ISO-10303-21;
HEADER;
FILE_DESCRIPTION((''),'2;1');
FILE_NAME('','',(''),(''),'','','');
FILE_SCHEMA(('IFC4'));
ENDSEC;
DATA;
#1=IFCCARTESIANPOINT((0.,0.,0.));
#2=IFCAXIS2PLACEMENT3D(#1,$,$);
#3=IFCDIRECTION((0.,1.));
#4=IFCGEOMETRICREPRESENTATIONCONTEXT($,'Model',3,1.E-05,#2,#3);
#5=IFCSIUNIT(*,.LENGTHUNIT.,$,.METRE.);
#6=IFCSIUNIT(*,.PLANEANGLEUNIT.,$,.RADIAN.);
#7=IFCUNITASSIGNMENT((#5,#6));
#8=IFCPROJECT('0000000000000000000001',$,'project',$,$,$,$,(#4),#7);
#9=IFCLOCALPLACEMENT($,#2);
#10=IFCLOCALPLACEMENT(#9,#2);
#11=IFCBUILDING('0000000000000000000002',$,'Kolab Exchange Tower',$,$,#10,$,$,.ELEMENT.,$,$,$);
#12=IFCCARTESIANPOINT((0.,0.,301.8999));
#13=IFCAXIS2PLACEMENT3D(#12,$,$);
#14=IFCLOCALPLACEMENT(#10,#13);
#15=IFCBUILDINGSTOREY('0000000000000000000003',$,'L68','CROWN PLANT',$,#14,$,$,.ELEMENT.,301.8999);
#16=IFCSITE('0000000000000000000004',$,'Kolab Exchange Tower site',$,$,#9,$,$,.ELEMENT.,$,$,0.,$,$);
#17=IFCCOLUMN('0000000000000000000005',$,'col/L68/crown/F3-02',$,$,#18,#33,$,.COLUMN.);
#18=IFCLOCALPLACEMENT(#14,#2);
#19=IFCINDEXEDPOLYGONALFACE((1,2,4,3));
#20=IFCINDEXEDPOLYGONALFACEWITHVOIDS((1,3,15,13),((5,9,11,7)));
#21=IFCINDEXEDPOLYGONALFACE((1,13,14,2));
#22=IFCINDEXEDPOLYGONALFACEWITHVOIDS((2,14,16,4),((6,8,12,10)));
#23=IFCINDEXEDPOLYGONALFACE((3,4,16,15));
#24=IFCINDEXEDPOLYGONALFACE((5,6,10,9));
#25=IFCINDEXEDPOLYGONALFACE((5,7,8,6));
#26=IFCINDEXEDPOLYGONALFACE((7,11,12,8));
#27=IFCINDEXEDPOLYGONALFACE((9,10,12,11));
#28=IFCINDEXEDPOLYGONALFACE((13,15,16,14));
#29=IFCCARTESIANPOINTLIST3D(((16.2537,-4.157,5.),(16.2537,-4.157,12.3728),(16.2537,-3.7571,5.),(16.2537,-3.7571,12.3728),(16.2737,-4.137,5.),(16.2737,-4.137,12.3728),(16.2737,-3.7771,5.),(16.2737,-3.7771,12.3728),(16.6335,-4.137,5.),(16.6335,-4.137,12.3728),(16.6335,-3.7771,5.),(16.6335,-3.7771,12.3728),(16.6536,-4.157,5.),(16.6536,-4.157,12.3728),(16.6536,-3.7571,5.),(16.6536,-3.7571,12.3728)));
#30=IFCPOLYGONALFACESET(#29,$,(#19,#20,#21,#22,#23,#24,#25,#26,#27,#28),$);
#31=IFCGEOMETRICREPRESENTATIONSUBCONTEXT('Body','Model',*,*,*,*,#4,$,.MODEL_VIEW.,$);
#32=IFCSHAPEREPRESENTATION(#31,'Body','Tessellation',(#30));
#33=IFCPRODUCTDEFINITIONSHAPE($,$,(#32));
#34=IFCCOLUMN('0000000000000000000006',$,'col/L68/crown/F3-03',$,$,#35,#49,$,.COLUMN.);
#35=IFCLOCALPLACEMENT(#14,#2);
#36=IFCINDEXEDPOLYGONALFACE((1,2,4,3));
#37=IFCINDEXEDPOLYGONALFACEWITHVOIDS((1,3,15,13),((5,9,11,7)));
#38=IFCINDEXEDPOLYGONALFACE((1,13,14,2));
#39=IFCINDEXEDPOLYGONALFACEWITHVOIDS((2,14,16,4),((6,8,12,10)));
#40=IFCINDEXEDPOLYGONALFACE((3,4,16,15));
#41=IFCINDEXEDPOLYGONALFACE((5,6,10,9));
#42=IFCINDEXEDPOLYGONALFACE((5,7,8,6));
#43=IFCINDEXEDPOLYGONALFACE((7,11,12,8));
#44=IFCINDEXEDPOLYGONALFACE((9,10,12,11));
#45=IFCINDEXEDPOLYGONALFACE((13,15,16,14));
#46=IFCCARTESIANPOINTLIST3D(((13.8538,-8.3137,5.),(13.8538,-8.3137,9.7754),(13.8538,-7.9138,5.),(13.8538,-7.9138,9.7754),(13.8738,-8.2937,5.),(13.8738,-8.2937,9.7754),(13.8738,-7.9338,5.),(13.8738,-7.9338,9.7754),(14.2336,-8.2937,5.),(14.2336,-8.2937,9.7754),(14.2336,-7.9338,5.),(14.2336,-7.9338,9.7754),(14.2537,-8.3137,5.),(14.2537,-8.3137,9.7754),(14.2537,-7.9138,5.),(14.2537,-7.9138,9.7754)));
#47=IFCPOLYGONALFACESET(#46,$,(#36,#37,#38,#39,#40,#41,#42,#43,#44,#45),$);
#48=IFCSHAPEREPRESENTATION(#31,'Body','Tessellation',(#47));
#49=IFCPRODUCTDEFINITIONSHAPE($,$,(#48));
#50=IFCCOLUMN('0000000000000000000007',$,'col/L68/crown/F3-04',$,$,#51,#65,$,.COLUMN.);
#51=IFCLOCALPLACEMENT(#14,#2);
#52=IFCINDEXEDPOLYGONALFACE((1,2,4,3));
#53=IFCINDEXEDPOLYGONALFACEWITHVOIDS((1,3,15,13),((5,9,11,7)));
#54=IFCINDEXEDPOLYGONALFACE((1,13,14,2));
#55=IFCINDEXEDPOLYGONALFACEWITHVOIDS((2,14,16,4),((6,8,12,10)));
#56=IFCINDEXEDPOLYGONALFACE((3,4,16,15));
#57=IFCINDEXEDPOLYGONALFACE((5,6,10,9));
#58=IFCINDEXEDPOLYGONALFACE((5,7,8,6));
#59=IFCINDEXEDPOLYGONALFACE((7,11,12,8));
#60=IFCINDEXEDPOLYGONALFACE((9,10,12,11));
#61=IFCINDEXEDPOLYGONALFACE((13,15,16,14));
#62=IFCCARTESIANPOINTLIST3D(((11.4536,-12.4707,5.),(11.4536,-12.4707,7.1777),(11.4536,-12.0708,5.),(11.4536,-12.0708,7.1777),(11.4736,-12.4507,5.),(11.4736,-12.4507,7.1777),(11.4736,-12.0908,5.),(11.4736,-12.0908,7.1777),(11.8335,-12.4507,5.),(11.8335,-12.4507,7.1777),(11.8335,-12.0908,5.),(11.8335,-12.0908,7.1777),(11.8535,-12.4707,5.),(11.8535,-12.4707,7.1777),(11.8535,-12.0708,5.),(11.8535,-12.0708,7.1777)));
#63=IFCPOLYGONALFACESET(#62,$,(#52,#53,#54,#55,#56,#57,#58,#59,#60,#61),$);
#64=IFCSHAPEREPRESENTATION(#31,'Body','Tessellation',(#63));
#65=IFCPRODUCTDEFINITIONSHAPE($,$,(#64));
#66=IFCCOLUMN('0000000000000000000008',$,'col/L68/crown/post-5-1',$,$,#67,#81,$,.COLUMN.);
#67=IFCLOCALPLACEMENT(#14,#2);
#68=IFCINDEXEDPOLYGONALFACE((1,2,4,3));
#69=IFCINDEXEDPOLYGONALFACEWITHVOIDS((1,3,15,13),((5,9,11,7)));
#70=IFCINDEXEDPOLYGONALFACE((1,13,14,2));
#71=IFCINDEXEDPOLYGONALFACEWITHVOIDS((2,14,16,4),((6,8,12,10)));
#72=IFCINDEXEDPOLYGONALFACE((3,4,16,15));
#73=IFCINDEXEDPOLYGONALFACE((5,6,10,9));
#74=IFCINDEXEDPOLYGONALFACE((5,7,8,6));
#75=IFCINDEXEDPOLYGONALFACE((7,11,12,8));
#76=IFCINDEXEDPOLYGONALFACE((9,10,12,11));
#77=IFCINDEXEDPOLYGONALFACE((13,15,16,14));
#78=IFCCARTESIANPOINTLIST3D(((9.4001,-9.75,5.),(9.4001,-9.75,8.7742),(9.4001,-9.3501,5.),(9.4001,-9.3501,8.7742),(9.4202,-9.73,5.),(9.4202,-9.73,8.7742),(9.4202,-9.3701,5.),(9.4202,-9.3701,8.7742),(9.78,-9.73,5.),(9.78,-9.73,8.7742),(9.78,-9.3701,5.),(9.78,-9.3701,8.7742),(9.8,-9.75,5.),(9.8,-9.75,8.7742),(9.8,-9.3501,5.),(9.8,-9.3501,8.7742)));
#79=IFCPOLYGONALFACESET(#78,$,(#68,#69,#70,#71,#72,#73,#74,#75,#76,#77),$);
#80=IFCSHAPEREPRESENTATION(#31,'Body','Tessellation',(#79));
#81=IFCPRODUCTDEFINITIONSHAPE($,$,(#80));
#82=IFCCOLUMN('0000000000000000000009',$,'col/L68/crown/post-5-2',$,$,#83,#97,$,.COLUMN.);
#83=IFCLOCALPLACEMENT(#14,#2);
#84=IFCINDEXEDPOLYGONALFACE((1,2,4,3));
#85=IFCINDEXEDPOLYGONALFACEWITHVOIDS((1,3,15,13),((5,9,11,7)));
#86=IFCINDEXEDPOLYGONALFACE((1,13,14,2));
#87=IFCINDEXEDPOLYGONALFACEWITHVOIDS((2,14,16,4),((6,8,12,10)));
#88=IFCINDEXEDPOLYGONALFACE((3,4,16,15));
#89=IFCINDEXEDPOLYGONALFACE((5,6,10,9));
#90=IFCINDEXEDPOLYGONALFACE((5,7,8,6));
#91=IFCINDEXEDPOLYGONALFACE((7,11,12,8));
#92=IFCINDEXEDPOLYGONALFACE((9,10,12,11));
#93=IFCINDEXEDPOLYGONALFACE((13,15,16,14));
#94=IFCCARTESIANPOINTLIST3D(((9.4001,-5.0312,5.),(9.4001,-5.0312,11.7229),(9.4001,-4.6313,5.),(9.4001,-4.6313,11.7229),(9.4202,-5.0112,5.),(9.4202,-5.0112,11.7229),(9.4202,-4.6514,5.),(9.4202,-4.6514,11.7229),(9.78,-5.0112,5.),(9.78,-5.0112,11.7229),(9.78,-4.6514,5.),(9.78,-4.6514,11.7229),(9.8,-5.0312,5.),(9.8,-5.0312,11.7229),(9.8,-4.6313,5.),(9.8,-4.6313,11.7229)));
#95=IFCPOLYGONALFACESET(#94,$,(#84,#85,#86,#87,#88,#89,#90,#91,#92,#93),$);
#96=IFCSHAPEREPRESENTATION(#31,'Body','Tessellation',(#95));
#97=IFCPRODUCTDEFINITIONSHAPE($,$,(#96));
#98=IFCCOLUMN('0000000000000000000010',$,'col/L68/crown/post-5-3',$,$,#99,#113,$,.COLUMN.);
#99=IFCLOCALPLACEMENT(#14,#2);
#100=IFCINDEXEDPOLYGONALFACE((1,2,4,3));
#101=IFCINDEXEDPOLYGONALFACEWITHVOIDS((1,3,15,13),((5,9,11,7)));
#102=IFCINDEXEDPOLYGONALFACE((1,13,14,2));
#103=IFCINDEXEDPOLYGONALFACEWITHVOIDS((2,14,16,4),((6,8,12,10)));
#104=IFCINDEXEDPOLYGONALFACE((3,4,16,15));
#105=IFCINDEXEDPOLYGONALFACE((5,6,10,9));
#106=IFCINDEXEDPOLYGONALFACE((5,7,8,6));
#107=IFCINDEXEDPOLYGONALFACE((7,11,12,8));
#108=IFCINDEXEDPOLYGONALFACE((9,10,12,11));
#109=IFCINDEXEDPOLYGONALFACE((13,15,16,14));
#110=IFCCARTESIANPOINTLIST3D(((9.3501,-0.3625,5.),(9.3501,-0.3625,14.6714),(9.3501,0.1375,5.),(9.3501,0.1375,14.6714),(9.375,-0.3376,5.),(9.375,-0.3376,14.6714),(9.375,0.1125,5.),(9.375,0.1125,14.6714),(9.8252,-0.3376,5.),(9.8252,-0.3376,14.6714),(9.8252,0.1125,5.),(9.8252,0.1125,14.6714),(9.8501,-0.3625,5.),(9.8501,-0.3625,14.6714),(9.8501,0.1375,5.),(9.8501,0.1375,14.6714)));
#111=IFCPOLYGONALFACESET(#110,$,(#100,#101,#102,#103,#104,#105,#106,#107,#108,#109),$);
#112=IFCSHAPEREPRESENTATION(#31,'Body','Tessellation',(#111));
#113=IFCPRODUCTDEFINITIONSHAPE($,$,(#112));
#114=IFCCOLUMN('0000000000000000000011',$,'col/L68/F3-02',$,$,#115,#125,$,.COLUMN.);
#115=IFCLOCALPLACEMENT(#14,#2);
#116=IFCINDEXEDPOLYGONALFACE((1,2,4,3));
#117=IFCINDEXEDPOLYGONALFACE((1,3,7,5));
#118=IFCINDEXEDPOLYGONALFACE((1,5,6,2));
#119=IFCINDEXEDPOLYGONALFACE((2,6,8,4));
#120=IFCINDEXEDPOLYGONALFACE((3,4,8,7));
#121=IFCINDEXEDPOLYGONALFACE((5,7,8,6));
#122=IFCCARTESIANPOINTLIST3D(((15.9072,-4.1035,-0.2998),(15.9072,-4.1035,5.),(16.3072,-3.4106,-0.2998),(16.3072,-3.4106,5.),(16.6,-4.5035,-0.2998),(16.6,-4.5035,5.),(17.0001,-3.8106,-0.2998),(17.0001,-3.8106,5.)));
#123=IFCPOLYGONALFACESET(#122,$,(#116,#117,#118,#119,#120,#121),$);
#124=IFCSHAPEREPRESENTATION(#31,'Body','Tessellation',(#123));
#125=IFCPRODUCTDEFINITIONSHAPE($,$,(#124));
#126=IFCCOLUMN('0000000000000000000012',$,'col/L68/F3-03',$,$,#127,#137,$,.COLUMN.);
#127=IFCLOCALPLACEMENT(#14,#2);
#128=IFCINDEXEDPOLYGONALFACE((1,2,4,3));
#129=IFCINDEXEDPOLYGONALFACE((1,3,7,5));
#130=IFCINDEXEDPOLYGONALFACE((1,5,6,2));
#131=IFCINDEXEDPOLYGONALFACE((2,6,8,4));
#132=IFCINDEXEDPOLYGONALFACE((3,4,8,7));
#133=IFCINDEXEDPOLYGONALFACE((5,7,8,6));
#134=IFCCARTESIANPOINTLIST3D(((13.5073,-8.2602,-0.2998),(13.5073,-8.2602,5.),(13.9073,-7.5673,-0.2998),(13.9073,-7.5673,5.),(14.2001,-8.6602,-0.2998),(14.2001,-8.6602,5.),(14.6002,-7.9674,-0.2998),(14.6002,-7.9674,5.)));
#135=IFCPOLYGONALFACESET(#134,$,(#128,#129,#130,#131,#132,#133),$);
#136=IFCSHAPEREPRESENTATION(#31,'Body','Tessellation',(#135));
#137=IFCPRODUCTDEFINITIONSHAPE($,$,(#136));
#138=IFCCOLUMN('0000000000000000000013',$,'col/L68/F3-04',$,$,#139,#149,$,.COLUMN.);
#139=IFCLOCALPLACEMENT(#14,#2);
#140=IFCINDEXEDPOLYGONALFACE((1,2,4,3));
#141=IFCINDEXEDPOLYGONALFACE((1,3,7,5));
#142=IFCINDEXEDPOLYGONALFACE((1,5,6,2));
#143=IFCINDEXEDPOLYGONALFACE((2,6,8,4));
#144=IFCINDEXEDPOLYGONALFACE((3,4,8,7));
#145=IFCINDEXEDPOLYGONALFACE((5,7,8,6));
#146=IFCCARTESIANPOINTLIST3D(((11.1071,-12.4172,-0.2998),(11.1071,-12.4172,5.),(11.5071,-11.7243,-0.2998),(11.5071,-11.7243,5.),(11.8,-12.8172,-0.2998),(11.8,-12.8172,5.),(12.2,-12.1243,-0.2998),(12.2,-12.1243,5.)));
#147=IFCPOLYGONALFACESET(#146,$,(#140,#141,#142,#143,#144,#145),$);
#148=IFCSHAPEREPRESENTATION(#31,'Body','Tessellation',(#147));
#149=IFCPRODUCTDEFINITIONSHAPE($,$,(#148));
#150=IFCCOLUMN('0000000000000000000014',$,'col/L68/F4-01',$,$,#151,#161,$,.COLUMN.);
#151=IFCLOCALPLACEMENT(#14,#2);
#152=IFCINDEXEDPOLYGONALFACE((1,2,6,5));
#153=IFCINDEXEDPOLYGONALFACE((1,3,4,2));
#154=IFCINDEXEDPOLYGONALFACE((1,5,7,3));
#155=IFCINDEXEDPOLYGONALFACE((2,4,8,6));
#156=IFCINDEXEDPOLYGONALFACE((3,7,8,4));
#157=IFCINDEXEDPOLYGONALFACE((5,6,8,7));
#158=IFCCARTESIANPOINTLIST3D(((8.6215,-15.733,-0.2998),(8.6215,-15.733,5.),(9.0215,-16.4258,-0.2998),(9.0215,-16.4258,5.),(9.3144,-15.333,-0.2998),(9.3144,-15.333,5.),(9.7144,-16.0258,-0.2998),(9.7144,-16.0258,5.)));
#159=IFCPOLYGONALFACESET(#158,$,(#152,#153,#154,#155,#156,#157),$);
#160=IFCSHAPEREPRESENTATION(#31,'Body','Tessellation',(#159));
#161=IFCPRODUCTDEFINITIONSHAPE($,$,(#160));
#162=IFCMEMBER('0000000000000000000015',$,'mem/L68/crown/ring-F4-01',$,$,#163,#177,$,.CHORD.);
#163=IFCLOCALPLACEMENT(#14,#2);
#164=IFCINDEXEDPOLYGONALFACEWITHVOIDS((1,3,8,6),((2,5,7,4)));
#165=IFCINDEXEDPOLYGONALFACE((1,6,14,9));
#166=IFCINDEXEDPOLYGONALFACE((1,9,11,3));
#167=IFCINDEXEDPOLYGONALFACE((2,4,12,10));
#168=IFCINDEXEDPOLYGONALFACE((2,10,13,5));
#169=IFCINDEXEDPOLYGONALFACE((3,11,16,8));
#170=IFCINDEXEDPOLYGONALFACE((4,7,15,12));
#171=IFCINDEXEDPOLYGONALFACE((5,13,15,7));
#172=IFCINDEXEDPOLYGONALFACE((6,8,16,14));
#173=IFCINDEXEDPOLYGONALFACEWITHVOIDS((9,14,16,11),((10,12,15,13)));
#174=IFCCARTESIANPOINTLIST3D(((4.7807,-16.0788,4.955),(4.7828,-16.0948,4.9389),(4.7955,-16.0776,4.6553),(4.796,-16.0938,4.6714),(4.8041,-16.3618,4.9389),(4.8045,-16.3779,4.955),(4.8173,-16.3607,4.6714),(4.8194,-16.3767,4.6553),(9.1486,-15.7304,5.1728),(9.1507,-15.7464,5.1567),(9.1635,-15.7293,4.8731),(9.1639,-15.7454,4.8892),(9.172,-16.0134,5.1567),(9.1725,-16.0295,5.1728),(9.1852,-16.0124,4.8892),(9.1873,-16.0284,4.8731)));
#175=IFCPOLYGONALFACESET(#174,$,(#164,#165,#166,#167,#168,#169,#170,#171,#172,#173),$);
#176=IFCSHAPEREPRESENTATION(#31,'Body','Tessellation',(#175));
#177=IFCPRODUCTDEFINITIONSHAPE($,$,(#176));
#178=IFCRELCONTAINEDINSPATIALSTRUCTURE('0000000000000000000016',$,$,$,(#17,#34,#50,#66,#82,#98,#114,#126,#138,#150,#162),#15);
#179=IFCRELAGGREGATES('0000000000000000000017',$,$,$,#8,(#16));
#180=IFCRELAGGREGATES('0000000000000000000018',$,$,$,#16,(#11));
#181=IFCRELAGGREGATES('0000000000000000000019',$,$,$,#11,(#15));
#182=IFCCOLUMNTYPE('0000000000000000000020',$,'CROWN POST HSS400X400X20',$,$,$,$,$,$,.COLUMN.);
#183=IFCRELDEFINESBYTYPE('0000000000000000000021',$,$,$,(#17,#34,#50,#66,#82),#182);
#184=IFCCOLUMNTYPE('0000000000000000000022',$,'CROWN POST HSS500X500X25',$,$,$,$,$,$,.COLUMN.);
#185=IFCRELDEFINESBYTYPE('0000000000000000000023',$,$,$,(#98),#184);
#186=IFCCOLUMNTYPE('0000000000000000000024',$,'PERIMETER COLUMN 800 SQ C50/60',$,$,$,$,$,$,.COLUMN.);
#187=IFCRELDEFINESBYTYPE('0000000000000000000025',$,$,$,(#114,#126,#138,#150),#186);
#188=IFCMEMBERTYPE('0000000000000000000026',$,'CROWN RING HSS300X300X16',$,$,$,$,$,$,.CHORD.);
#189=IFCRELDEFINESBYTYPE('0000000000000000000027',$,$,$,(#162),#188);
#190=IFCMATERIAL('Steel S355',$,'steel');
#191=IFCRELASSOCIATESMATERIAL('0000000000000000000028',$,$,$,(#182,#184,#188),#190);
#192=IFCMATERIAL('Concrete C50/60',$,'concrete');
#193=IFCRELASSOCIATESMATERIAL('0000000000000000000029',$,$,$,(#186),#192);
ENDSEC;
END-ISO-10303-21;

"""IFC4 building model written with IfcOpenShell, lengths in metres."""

from ifc_helpers import new_model, si_unit, direction, frame, origin, origin_2d, place, context, subcontext, project, spatial, rectangle, hollow_rectangle, extrude, material, material_profile, profile_set, type_object, element, save


model = new_model("IFC4")

# Units and contexts
model_context = context("Model", 3, precision=1e-05, world=origin(), true_north=direction((0.0, 1.0)))
body_context = subcontext(model_context, "Body", "Model", "MODEL_VIEW")
ifc_project = project(units=[si_unit("LENGTHUNIT", "METRE"), si_unit("PLANEANGLEUNIT", "RADIAN")], contexts=[model_context])

# Site, building, storey
site_placement = place(None, origin())
site = spatial("IfcSite", under=ifc_project, at=site_placement, Name="Kolab Exchange Tower site", CompositionType="ELEMENT", RefElevation=0.0)
building_placement = place(site_placement, origin())
building = spatial("IfcBuilding", under=site, at=building_placement, Name="Kolab Exchange Tower", CompositionType="ELEMENT")
storey_placement = place(building_placement, frame((0.0, 0.0, 301.8999)))
storey = spatial("IfcBuildingStorey", under=building, at=storey_placement, Name="L68", Description="CROWN PLANT", CompositionType="ELEMENT", Elevation=301.8999)

# Columns
ifc_material_1 = material(Name="Steel S355", Category="steel")
ifc_material_profile_1 = material_profile(ifc_material_1, hollow_rectangle(XDim=0.3999, YDim=0.3999, WallThickness=0.02, at=origin_2d()), Name="HSS400X400X20")
ifc_profile_set_1 = profile_set([ifc_material_profile_1], Name="Steel S355")
column_type_1 = type_object("IfcColumnType", Name="CROWN POST HSS400X400X20", PredefinedType="COLUMN", material=ifc_profile_set_1)
column_1_placement = place(storey_placement, frame((16.4536, -3.957, 5.0), z_axis=(0.0, 0.0, 1.0), x_axis=(1.0, 0.0, 0.0)))
element("IfcColumn", 1, at=column_1_placement, inside=storey, type_object=column_type_1, Name="col/L68/crown/F3-02", PredefinedType="COLUMN", context=body_context, shape_type="SweptSolid", body=[
    extrude(hollow_rectangle(XDim=0.3999, YDim=0.3999, WallThickness=0.02, at=origin_2d()), origin(), (0.0, 0.0, 1.0), 7.3728),
])
column_2_placement = place(storey_placement, frame((14.0537, -8.1138, 5.0), z_axis=(0.0, 0.0, 1.0), x_axis=(1.0, 0.0, 0.0)))
element("IfcColumn", 2, at=column_2_placement, inside=storey, type_object=column_type_1, Name="col/L68/crown/F3-03", PredefinedType="COLUMN", context=body_context, shape_type="SweptSolid", body=[
    extrude(hollow_rectangle(XDim=0.3999, YDim=0.3999, WallThickness=0.02, at=origin_2d()), origin(), (0.0, 0.0, 1.0), 4.7754),
])
column_3_placement = place(storey_placement, frame((11.6536, -12.2708, 5.0), z_axis=(0.0, 0.0, 1.0), x_axis=(1.0, 0.0, 0.0)))
element("IfcColumn", 3, at=column_3_placement, inside=storey, type_object=column_type_1, Name="col/L68/crown/F3-04", PredefinedType="COLUMN", context=body_context, shape_type="SweptSolid", body=[
    extrude(hollow_rectangle(XDim=0.3999, YDim=0.3999, WallThickness=0.02, at=origin_2d()), origin(), (0.0, 0.0, 1.0), 2.1777),
])
column_4_placement = place(storey_placement, frame((9.6001, -9.55, 5.0), z_axis=(0.0, 0.0, 1.0), x_axis=(1.0, 0.0, 0.0)))
element("IfcColumn", 4, at=column_4_placement, inside=storey, type_object=column_type_1, Name="col/L68/crown/post-5-1", PredefinedType="COLUMN", context=body_context, shape_type="SweptSolid", body=[
    extrude(hollow_rectangle(XDim=0.3999, YDim=0.3999, WallThickness=0.02, at=origin_2d()), origin(), (0.0, 0.0, 1.0), 3.7742),
])
column_5_placement = place(storey_placement, frame((9.6001, -4.8313, 5.0), z_axis=(0.0, 0.0, 1.0), x_axis=(1.0, 0.0, 0.0)))
element("IfcColumn", 5, at=column_5_placement, inside=storey, type_object=column_type_1, Name="col/L68/crown/post-5-2", PredefinedType="COLUMN", context=body_context, shape_type="SweptSolid", body=[
    extrude(hollow_rectangle(XDim=0.3999, YDim=0.3999, WallThickness=0.02, at=origin_2d()), origin(), (0.0, 0.0, 1.0), 6.7229),
])
ifc_material_profile_2 = material_profile(ifc_material_1, hollow_rectangle(XDim=0.5, YDim=0.5, WallThickness=0.0249, at=origin_2d()), Name="HSS500X500X25")
ifc_profile_set_2 = profile_set([ifc_material_profile_2], Name="Steel S355")
column_type_2 = type_object("IfcColumnType", Name="CROWN POST HSS500X500X25", PredefinedType="COLUMN", material=ifc_profile_set_2)
column_6_placement = place(storey_placement, frame((9.6001, -0.1125, 5.0), z_axis=(0.0, 0.0, 1.0), x_axis=(1.0, 0.0, 0.0)))
element("IfcColumn", 6, at=column_6_placement, inside=storey, type_object=column_type_2, Name="col/L68/crown/post-5-3", PredefinedType="COLUMN", context=body_context, shape_type="SweptSolid", body=[
    extrude(hollow_rectangle(XDim=0.5, YDim=0.5, WallThickness=0.0249, at=origin_2d()), origin(), (0.0, 0.0, 1.0), 9.6714),
])
ifc_material_2 = material(Name="Concrete C50/60", Category="concrete")
ifc_material_profile_3 = material_profile(ifc_material_2, rectangle(XDim=0.8, YDim=0.8, at=origin_2d()), Name="RC800")
ifc_profile_set_3 = profile_set([ifc_material_profile_3], Name="Concrete C50/60")
column_type_3 = type_object("IfcColumnType", Name="PERIMETER COLUMN 800 SQ C50/60", PredefinedType="COLUMN", material=ifc_profile_set_3)
for number, where, z_axis, x_axis, name in (
    (7, (16.4536, -3.957, -0.2998), (0.0, 0.0, 1.0), (0.5, 0.866025, 0.0), "col/L68/F3-02"),
    (8, (14.0537, -8.1138, -0.2998), (0.0, 0.0, 1.0), (0.5, 0.866025, 0.0), "col/L68/F3-03"),
    (9, (11.6536, -12.2708, -0.2998), (0.0, 0.0, 1.0), (0.5, 0.866025, 0.0), "col/L68/F3-04"),
    (10, (9.168, -15.8794, -0.2998), (0.0, 0.0, 1.0), (0.866025, 0.5, 0.0), "col/L68/F4-01"),
):
    element("IfcColumn", number, at=place(storey_placement, frame(where, z_axis=z_axis, x_axis=x_axis)), inside=storey, type_object=column_type_3, Name=name, PredefinedType="COLUMN", context=body_context, shape_type="SweptSolid", body=[
        extrude(rectangle(XDim=0.8, YDim=0.8, at=origin_2d()), origin(), (0.0, 0.0, 1.0), 5.2998),
    ])

# Member
ifc_material_profile_4 = material_profile(ifc_material_1, hollow_rectangle(XDim=0.3, YDim=0.3, WallThickness=0.0161, at=origin_2d()), Name="HSS300X300X16")
ifc_profile_set_4 = profile_set([ifc_material_profile_4], Name="Steel S355")
member_type = type_object("IfcMemberType", Name="CROWN RING HSS300X300X16", PredefinedType="CHORD", material=ifc_profile_set_4)
member_placement = place(storey_placement, frame((9.168, -15.8794, 5.0229), z_axis=(-0.995605, -0.07941, -0.049638), x_axis=(0.079508, -0.996834, 0.0)))
element("IfcMember", 11, at=member_placement, inside=storey, type_object=member_type, Name="mem/L68/crown/ring-F4-01", PredefinedType="CHORD", context=body_context, shape_type="SweptSolid", body=[
    extrude(hollow_rectangle(XDim=0.3, YDim=0.3, WallThickness=0.0161, at=origin_2d()), origin(), (0.0, 0.0, 1.0), 4.3872),
])

save(model, "model.ifc")
